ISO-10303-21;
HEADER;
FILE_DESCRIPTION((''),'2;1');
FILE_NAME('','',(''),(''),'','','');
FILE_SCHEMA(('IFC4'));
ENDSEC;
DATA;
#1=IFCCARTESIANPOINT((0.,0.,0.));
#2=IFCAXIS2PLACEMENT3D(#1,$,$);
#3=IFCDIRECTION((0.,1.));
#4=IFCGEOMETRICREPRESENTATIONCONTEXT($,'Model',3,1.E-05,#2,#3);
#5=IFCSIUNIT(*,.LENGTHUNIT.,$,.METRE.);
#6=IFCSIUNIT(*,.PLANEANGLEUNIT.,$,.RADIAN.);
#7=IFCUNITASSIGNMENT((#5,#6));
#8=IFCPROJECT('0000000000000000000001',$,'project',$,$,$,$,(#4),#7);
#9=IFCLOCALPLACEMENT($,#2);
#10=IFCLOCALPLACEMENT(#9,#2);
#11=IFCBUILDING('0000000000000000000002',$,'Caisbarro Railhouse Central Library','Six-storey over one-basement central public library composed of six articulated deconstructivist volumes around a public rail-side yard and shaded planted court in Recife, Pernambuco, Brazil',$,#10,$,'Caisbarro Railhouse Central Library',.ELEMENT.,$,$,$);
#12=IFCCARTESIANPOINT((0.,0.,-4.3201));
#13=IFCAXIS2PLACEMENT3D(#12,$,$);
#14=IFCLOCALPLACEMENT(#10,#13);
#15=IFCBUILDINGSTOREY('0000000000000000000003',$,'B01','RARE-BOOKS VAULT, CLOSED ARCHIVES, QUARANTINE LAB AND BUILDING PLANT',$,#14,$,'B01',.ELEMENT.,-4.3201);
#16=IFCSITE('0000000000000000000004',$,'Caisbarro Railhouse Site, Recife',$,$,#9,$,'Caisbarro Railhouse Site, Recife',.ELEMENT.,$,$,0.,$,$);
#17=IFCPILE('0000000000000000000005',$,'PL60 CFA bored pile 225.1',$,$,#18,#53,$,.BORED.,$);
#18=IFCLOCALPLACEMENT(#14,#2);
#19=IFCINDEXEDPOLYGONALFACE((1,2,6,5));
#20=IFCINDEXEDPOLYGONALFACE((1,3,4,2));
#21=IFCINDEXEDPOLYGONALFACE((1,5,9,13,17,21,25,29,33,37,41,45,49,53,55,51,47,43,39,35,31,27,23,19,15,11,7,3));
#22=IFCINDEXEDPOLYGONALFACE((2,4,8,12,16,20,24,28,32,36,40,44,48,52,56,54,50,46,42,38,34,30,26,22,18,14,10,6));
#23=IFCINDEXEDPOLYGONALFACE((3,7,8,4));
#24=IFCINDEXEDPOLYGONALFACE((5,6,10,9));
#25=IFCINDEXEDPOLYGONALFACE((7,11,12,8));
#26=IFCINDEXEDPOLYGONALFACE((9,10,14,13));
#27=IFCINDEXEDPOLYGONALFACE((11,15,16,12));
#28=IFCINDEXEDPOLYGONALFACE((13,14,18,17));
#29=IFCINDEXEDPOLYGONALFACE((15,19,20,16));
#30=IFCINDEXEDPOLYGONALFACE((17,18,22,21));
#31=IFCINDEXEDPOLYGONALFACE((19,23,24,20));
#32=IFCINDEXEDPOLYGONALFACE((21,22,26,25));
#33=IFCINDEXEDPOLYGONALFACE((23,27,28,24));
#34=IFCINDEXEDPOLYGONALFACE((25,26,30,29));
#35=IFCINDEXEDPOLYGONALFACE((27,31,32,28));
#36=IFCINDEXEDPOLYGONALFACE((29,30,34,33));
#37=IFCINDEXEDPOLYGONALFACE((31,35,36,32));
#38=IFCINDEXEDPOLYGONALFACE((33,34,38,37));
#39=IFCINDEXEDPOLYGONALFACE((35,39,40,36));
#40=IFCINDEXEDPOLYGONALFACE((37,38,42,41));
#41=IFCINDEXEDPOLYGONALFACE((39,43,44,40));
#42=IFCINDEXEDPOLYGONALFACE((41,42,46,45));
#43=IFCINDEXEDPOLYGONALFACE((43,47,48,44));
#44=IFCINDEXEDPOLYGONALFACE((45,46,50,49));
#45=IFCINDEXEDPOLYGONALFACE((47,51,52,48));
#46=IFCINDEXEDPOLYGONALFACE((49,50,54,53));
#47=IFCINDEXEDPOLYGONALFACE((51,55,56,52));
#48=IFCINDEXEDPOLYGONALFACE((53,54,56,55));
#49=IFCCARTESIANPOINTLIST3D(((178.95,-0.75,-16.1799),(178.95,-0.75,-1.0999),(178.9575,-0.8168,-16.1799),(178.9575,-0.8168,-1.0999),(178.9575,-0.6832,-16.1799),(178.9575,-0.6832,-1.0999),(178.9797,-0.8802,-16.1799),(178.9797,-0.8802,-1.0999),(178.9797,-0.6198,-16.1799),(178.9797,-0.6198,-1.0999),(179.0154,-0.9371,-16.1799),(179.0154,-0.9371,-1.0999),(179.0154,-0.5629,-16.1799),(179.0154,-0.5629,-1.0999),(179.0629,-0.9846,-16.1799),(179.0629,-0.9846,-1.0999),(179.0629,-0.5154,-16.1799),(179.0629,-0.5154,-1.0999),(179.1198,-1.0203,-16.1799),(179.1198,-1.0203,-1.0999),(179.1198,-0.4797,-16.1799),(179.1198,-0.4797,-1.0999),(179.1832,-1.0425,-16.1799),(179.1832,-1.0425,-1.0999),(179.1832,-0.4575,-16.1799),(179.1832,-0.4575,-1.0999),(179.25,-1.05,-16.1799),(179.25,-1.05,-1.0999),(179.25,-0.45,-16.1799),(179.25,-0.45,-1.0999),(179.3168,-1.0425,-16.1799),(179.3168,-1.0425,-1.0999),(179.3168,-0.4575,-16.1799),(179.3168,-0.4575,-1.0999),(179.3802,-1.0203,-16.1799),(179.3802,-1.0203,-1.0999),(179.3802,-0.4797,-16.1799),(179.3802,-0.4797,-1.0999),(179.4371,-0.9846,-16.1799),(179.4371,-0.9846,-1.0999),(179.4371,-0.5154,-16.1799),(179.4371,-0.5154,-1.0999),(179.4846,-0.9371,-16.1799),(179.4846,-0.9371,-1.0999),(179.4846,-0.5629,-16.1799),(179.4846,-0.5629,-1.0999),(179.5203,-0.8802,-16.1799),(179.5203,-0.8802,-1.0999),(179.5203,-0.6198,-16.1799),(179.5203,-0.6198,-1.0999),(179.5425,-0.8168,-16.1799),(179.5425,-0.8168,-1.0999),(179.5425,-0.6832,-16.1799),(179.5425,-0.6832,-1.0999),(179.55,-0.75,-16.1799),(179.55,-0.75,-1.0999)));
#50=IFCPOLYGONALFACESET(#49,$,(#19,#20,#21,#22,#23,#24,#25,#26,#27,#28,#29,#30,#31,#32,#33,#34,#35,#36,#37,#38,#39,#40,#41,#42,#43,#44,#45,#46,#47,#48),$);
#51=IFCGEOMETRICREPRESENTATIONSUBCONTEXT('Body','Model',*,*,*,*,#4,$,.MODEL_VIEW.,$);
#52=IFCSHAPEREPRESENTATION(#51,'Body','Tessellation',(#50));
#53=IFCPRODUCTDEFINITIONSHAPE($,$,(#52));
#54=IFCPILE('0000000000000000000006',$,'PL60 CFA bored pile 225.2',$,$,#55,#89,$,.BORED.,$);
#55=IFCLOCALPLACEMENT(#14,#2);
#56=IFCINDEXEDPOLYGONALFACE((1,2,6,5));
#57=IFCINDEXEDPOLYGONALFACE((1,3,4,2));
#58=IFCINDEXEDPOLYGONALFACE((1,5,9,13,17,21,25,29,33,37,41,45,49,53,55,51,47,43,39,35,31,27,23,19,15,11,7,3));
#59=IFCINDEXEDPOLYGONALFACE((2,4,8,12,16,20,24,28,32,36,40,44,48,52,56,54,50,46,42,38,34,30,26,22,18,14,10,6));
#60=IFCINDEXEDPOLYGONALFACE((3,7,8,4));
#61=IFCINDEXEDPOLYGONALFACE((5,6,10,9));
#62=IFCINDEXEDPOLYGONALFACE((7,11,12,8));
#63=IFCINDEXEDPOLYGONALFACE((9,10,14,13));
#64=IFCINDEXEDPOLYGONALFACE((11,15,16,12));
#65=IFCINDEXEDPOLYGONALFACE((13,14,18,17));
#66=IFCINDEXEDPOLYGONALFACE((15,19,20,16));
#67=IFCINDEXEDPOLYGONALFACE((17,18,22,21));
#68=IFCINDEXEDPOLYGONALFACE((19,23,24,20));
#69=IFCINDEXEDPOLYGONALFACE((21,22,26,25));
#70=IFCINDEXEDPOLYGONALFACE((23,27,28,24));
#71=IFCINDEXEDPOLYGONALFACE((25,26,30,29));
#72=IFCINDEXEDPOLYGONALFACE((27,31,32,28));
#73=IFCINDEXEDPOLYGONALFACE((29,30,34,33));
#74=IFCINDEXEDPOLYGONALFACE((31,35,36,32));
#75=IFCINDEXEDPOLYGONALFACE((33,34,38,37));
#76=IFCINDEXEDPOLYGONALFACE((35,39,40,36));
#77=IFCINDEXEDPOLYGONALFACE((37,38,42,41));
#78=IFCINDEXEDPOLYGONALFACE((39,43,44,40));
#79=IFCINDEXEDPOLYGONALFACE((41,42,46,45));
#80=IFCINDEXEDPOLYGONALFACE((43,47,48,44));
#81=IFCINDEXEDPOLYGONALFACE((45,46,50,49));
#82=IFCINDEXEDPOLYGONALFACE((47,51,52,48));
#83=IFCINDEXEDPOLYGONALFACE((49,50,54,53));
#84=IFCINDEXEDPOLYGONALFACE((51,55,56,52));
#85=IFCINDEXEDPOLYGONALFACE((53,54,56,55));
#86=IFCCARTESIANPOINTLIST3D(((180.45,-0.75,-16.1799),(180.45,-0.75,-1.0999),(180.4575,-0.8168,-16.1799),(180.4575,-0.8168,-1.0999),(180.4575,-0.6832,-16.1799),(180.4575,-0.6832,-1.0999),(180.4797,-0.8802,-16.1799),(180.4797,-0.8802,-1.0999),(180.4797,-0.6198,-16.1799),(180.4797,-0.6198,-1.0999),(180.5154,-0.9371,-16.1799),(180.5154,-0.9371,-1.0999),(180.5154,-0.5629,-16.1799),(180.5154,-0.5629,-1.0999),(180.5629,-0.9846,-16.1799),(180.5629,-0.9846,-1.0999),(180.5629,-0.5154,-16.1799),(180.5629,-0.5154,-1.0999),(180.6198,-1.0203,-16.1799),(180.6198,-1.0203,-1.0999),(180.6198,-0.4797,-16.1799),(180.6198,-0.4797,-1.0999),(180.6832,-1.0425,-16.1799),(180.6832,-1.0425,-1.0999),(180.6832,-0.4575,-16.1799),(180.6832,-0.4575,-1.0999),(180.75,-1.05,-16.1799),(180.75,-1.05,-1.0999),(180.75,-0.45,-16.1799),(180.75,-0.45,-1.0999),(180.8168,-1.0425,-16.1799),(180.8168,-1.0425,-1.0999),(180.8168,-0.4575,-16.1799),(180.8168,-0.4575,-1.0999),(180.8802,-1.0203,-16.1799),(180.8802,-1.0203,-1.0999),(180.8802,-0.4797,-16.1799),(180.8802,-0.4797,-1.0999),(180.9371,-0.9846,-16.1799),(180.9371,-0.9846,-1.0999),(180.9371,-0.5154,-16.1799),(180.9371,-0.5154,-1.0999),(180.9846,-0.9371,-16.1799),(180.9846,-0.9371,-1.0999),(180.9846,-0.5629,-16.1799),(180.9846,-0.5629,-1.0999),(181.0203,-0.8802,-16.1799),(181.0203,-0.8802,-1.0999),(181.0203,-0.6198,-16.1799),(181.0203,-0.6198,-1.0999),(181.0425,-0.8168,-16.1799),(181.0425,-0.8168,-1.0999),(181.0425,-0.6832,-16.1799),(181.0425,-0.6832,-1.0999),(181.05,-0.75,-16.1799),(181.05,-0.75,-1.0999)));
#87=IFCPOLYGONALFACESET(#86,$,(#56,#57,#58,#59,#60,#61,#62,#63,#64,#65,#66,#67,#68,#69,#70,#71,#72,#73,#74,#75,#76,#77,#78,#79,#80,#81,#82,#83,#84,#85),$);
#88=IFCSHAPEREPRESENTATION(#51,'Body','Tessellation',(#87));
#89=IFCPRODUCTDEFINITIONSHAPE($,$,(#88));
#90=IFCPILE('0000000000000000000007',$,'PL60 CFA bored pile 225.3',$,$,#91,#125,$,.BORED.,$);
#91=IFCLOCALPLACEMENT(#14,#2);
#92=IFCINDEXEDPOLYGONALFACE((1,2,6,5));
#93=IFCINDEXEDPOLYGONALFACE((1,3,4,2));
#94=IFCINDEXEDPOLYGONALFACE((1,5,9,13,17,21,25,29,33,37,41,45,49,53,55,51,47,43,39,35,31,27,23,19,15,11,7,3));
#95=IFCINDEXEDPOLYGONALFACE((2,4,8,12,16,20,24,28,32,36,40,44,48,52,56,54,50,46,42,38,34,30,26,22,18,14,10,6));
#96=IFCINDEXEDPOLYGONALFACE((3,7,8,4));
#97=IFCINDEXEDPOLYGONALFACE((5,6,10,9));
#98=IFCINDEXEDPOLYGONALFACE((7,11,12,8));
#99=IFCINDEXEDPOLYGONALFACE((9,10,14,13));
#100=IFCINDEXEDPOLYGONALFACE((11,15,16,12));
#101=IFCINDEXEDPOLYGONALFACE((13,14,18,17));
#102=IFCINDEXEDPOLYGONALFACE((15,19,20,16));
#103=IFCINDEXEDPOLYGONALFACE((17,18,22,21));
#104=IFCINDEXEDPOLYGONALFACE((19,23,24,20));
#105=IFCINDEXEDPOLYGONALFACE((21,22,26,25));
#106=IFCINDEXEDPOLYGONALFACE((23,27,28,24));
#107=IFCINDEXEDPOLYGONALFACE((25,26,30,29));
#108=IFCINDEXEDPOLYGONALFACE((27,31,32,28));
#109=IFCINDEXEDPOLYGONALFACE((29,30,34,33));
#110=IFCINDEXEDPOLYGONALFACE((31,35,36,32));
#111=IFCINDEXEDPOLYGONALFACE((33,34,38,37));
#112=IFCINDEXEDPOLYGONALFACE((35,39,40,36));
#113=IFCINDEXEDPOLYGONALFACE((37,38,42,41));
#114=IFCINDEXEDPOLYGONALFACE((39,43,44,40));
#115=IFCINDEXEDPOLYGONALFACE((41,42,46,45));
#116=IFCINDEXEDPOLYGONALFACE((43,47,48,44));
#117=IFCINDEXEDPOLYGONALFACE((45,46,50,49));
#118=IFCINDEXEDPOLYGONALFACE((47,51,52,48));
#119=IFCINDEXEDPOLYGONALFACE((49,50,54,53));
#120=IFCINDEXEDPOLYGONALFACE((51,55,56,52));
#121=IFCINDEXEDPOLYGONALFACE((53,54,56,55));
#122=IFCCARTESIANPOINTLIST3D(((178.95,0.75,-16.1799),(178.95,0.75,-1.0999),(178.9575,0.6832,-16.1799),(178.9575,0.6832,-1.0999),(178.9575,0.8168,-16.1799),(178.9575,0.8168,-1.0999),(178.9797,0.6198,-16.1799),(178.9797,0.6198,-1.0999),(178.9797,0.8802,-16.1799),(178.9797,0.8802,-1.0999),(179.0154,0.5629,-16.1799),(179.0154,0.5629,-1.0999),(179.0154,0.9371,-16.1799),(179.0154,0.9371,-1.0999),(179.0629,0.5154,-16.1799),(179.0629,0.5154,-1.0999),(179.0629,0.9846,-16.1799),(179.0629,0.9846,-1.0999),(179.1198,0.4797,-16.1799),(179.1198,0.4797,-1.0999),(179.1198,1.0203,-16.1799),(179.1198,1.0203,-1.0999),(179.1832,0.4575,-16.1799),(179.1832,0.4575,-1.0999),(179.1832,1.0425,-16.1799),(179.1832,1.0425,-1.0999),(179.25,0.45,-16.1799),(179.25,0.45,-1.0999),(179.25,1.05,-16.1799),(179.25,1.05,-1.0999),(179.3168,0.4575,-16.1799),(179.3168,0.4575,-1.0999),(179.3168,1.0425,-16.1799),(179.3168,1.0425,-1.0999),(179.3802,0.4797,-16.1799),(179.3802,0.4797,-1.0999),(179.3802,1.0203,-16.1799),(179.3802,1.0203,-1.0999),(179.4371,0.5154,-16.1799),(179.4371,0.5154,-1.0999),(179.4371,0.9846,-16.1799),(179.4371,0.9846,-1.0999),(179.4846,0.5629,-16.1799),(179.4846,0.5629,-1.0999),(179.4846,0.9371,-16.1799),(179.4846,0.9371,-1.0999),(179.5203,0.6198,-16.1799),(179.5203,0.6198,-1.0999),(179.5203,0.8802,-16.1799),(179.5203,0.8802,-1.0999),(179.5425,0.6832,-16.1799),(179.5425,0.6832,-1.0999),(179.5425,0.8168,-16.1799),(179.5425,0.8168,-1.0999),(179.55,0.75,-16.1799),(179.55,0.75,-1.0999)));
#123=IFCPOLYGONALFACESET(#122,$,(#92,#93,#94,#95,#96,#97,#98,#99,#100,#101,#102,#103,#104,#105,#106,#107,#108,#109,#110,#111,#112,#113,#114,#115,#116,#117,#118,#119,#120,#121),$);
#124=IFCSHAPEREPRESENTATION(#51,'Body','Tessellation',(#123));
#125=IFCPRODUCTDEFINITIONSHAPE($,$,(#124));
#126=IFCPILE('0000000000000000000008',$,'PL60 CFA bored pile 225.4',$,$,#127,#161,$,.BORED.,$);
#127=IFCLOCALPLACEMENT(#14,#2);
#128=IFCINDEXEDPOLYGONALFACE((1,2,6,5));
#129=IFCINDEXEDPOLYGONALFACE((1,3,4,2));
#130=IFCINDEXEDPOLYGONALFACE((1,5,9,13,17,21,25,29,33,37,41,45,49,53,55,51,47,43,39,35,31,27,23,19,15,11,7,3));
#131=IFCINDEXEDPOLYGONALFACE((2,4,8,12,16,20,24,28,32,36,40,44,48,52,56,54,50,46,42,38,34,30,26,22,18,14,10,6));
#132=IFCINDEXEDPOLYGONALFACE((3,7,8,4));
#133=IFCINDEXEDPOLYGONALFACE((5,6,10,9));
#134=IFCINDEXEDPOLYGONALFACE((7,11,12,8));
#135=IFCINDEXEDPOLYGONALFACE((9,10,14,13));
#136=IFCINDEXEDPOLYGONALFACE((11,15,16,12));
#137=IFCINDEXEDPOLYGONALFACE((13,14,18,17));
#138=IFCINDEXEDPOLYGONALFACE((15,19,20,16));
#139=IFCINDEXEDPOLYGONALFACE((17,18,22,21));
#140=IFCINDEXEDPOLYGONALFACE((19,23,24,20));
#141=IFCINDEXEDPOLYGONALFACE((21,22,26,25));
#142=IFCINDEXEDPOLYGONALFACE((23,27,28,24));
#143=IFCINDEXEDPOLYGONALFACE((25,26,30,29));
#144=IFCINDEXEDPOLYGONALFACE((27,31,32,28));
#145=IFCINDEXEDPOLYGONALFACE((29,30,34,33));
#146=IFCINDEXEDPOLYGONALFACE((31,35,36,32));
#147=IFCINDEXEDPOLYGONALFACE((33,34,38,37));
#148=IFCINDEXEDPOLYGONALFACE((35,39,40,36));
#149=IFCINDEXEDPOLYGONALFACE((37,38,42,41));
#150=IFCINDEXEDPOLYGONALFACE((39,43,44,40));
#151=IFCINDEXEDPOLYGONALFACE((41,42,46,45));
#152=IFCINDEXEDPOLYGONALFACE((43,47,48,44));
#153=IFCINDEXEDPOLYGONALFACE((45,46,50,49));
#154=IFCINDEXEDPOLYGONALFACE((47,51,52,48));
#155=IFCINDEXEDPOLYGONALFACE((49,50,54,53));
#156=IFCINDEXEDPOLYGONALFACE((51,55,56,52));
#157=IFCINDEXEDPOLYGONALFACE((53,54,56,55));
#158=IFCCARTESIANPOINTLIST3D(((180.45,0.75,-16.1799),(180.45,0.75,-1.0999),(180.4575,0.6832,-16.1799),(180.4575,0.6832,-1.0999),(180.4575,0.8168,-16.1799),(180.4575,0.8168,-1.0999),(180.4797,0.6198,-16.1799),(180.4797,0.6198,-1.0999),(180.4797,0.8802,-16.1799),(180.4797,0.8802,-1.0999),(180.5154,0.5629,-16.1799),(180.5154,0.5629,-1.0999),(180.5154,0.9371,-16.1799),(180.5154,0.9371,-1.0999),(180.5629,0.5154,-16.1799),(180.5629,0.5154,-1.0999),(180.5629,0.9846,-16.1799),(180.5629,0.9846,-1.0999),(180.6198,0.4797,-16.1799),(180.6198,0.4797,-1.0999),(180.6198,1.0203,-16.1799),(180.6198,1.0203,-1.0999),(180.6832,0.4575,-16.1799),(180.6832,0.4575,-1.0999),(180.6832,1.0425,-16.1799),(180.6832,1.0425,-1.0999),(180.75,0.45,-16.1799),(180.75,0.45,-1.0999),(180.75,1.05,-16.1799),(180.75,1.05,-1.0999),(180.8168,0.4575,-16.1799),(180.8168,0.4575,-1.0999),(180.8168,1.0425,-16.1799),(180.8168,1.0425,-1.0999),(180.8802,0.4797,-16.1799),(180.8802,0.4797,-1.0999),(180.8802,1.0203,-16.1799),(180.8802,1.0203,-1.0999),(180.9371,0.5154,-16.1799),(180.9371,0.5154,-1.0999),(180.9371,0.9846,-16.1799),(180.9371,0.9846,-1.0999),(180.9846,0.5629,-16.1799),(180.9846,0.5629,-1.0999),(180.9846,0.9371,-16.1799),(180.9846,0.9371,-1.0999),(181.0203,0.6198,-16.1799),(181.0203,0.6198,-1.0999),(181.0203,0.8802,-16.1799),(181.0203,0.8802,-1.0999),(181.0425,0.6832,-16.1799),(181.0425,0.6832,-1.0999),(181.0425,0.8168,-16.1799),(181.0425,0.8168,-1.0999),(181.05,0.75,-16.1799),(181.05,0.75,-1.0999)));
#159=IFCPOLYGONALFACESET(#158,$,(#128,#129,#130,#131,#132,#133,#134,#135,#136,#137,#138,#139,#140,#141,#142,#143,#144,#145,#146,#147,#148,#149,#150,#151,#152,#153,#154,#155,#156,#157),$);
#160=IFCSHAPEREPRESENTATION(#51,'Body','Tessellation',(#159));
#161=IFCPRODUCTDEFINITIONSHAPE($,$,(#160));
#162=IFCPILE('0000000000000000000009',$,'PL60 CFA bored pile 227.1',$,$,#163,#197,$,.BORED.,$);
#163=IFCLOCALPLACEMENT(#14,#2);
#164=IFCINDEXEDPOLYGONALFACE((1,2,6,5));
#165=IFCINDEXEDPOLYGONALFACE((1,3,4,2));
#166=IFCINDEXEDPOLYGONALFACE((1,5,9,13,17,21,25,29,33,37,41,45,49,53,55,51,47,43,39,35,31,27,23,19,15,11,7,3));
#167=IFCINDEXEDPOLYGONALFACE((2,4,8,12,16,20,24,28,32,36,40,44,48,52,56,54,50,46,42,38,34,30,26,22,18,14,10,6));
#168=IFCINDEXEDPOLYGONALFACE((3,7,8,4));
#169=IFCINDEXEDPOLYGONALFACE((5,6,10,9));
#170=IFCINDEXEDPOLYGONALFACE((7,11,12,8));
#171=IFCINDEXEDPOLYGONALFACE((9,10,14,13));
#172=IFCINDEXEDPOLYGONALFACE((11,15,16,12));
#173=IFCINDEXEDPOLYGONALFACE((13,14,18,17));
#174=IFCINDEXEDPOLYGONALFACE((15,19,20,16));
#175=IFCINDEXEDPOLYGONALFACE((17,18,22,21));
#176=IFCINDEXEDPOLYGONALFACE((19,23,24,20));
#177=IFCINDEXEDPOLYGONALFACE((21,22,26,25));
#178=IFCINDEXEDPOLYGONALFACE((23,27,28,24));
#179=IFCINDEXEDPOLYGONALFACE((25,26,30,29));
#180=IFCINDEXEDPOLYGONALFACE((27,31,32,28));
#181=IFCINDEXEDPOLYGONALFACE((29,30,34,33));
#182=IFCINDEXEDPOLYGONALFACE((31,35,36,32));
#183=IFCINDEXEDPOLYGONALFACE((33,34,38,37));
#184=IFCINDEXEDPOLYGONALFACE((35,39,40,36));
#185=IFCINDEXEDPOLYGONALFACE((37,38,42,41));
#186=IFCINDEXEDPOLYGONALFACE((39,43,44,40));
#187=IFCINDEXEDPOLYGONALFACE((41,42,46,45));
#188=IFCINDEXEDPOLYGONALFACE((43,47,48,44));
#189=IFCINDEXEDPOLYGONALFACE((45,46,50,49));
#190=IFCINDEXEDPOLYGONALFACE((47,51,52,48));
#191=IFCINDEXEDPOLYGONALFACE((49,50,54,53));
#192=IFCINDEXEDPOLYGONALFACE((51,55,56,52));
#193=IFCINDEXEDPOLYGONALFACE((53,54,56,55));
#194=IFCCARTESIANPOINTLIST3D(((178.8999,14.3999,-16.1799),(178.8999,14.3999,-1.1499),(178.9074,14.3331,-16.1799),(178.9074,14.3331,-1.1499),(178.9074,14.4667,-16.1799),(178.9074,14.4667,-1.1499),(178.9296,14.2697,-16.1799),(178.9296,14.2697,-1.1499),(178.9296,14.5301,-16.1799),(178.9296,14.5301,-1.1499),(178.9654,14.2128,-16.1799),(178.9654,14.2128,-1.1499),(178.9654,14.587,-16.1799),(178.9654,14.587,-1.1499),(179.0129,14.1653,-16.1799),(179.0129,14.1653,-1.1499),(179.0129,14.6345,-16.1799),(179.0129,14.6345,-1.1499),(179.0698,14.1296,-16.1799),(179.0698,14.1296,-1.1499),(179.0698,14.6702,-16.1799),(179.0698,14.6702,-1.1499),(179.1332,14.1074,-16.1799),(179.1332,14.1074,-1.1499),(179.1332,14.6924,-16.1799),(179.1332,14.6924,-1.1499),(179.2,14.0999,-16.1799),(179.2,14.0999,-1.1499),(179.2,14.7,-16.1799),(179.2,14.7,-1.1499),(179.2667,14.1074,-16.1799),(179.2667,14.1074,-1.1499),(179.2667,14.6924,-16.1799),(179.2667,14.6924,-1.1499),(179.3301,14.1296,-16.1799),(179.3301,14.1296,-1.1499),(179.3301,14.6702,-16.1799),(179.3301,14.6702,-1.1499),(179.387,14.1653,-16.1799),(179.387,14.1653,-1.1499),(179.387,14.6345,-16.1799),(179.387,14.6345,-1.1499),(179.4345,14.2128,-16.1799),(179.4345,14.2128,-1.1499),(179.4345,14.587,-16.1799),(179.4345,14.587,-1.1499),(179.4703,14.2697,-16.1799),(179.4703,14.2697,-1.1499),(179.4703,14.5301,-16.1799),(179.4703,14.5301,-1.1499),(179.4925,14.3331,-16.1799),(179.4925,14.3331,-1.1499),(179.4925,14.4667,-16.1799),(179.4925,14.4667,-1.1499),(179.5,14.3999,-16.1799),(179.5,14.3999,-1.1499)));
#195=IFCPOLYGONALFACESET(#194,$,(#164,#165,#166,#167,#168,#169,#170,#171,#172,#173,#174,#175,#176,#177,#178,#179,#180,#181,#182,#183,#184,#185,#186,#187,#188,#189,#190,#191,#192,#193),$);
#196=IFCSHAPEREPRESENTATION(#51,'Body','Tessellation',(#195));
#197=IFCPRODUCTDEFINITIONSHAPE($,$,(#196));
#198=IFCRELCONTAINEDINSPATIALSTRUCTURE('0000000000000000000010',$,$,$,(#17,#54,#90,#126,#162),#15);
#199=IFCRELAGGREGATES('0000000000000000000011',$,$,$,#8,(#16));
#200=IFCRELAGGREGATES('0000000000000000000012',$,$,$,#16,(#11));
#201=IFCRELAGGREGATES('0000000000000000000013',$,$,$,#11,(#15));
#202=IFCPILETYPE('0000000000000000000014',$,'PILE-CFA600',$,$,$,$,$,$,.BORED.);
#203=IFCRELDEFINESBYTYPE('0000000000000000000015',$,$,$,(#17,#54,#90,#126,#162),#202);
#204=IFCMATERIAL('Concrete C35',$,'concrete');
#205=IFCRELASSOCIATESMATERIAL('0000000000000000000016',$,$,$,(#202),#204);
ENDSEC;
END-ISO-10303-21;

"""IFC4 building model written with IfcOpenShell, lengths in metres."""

from ifc_helpers import new_model, si_unit, direction, frame, origin, origin_2d, place, context, subcontext, project, spatial, circle, extrude, material, material_profile, profile_set, type_object, element, save


model = new_model("IFC4")

# Units and contexts
model_context = context("Model", 3, precision=1e-05, world=origin(), true_north=direction((0.0, 1.0)))
body_context = subcontext(model_context, "Body", "Model", "MODEL_VIEW")
ifc_project = project(units=[si_unit("LENGTHUNIT", "METRE"), si_unit("PLANEANGLEUNIT", "RADIAN")], contexts=[model_context])

# Site, building, storey
site_placement = place(None, origin())
site = spatial("IfcSite", under=ifc_project, at=site_placement, Name="Caisbarro Railhouse Site, Recife", LongName="Caisbarro Railhouse Site, Recife", CompositionType="ELEMENT", RefElevation=0.0)
building_placement = place(site_placement, origin())
building = spatial("IfcBuilding", under=site, at=building_placement, Name="Caisbarro Railhouse Central Library", Description="Six-storey over one-basement central public library composed of six articulated deconstructivist volumes around a public rail-side yard and shaded planted court in Recife, Pernambuco, Brazil", LongName="Caisbarro Railhouse Central Library", CompositionType="ELEMENT")
storey_placement = place(building_placement, frame((0.0, 0.0, -4.3201)))
storey = spatial("IfcBuildingStorey", under=building, at=storey_placement, Name="B01", Description="RARE-BOOKS VAULT, CLOSED ARCHIVES, QUARANTINE LAB AND BUILDING PLANT", LongName="B01", CompositionType="ELEMENT", Elevation=-4.3201)

# Shared definitions
ifc_material_1 = material(Name="Concrete C35", Category="concrete")

# Piles
ifc_material_profile_1 = material_profile(ifc_material_1, circle(Radius=0.3, at=origin_2d()), Name="PILE-CFA-600")
ifc_profile_set_1 = profile_set([ifc_material_profile_1], Name="Concrete C35")
pile_type_1 = type_object("IfcPileType", Name="PILE-CFA600", PredefinedType="BORED", material=ifc_profile_set_1)
for number, where, z_axis, x_axis, name in (
    (1, (179.25, -0.75, -1.0999), (0.0, 0.0, -1.0), (1.0, 0.0, 0.0), "PL60 CFA bored pile 225.1"),
    (2, (180.75, -0.75, -1.0999), (0.0, 0.0, -1.0), (1.0, 0.0, 0.0), "PL60 CFA bored pile 225.2"),
    (3, (179.25, 0.75, -1.0999), (0.0, 0.0, -1.0), (1.0, 0.0, 0.0), "PL60 CFA bored pile 225.3"),
    (4, (180.75, 0.75, -1.0999), (0.0, 0.0, -1.0), (1.0, 0.0, 0.0), "PL60 CFA bored pile 225.4"),
):
    element("IfcPile", number, at=place(storey_placement, frame(where, z_axis=z_axis, x_axis=x_axis)), inside=storey, type_object=pile_type_1, Name=name, PredefinedType="BORED", context=body_context, shape_type="SweptSolid", body=[
        extrude(circle(Radius=0.3, at=origin_2d()), origin(), (0.0, 0.0, 1.0), 15.0801),
    ])
for number, where, z_axis, x_axis, name in (
    (5, (179.2, 14.3999, -1.1499), (0.0, 0.0, -1.0), (1.0, 0.0, 0.0), "PL60 CFA bored pile 227.1"),
):
    element("IfcPile", number, at=place(storey_placement, frame(where, z_axis=z_axis, x_axis=x_axis)), inside=storey, type_object=pile_type_1, Name=name, PredefinedType="BORED", context=body_context, shape_type="SweptSolid", body=[
        extrude(circle(Radius=0.3, at=origin_2d()), origin(), (0.0, 0.0, 1.0), 15.03),
    ])

save(model, "model.ifc")
